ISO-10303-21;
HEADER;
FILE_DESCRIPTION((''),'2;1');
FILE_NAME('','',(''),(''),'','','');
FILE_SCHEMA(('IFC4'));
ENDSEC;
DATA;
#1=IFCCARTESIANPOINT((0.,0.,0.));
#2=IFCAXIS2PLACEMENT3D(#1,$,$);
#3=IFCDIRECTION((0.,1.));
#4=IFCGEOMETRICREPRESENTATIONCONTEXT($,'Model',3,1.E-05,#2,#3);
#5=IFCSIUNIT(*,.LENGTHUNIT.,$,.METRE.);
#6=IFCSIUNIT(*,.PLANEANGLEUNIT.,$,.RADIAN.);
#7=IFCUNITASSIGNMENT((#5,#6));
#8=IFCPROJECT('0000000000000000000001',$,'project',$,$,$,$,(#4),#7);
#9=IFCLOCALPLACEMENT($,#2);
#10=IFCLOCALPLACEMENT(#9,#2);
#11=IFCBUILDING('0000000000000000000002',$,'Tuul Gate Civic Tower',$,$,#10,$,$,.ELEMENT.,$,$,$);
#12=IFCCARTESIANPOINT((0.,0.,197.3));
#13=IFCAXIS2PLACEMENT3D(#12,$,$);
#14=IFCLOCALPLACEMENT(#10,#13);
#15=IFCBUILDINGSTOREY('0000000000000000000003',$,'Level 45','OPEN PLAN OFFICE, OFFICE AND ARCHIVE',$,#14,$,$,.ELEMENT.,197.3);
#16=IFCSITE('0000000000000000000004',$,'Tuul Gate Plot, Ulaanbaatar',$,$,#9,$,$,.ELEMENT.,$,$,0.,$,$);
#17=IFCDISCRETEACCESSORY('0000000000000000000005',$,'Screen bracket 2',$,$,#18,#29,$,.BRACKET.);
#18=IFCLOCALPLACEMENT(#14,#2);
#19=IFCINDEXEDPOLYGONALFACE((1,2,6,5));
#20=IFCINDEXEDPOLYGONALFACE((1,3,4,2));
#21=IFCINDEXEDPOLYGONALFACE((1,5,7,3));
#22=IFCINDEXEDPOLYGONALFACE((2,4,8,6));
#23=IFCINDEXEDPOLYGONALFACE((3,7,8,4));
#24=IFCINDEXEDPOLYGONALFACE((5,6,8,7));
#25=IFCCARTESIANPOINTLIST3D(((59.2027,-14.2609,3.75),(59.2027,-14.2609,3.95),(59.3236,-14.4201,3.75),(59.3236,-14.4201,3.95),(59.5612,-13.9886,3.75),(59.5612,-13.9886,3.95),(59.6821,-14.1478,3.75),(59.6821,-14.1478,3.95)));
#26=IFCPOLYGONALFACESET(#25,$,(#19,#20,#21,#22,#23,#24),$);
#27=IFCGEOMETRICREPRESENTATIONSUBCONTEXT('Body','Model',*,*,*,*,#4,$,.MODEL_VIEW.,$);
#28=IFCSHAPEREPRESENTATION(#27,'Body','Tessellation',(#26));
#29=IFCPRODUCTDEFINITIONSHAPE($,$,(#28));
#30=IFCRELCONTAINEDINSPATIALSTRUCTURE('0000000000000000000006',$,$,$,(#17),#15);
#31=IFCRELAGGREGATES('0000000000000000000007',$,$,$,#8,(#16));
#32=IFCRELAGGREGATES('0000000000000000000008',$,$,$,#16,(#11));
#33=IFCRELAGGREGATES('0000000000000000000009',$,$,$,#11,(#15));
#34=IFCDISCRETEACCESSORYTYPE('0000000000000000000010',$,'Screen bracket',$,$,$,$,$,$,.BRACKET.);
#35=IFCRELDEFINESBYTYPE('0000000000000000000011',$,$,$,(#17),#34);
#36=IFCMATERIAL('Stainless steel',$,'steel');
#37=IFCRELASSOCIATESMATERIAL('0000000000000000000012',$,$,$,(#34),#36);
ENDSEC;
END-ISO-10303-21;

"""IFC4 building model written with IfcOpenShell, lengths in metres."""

from ifc_helpers import new_model, si_unit, direction, frame, origin, origin_2d, place, context, subcontext, project, spatial, rectangle, extrude, material, type_object, element, save


model = new_model("IFC4")

# Units and contexts
model_context = context("Model", 3, precision=1e-05, world=origin(), true_north=direction((0.0, 1.0)))
body_context = subcontext(model_context, "Body", "Model", "MODEL_VIEW")
ifc_project = project(units=[si_unit("LENGTHUNIT", "METRE"), si_unit("PLANEANGLEUNIT", "RADIAN")], contexts=[model_context])

# Site, building, storey
site_placement = place(None, origin())
site = spatial("IfcSite", under=ifc_project, at=site_placement, Name="Tuul Gate Plot, Ulaanbaatar", CompositionType="ELEMENT", RefElevation=0.0)
building_placement = place(site_placement, origin())
building = spatial("IfcBuilding", under=site, at=building_placement, Name="Tuul Gate Civic Tower", CompositionType="ELEMENT")
storey_placement = place(building_placement, frame((0.0, 0.0, 197.3)))
storey = spatial("IfcBuildingStorey", under=building, at=storey_placement, Name="Level 45", Description="OPEN PLAN OFFICE, OFFICE AND ARCHIVE", CompositionType="ELEMENT", Elevation=197.3)

# Discrete accessory
ifc_material_1 = material(Name="Stainless steel", Category="steel")
discrete_accessory_type_1 = type_object("IfcDiscreteAccessoryType", Name="Screen bracket", PredefinedType="BRACKET", material=ifc_material_1)
discrete_accessory_1_placement = place(storey_placement, frame((59.4424, -14.2043, 3.75), z_axis=(0.0, 0.0, 1.0), x_axis=(0.796383, 0.604792, 0.0)))
element("IfcDiscreteAccessory", 1, at=discrete_accessory_1_placement, inside=storey, type_object=discrete_accessory_type_1, Name="Screen bracket 2", PredefinedType="BRACKET", context=body_context, shape_type="SweptSolid", body=[
    extrude(rectangle(XDim=0.4502, YDim=0.2, at=origin_2d()), origin(), (0.0, 0.0, 1.0), 0.2),
])

save(model, "model.ifc")
